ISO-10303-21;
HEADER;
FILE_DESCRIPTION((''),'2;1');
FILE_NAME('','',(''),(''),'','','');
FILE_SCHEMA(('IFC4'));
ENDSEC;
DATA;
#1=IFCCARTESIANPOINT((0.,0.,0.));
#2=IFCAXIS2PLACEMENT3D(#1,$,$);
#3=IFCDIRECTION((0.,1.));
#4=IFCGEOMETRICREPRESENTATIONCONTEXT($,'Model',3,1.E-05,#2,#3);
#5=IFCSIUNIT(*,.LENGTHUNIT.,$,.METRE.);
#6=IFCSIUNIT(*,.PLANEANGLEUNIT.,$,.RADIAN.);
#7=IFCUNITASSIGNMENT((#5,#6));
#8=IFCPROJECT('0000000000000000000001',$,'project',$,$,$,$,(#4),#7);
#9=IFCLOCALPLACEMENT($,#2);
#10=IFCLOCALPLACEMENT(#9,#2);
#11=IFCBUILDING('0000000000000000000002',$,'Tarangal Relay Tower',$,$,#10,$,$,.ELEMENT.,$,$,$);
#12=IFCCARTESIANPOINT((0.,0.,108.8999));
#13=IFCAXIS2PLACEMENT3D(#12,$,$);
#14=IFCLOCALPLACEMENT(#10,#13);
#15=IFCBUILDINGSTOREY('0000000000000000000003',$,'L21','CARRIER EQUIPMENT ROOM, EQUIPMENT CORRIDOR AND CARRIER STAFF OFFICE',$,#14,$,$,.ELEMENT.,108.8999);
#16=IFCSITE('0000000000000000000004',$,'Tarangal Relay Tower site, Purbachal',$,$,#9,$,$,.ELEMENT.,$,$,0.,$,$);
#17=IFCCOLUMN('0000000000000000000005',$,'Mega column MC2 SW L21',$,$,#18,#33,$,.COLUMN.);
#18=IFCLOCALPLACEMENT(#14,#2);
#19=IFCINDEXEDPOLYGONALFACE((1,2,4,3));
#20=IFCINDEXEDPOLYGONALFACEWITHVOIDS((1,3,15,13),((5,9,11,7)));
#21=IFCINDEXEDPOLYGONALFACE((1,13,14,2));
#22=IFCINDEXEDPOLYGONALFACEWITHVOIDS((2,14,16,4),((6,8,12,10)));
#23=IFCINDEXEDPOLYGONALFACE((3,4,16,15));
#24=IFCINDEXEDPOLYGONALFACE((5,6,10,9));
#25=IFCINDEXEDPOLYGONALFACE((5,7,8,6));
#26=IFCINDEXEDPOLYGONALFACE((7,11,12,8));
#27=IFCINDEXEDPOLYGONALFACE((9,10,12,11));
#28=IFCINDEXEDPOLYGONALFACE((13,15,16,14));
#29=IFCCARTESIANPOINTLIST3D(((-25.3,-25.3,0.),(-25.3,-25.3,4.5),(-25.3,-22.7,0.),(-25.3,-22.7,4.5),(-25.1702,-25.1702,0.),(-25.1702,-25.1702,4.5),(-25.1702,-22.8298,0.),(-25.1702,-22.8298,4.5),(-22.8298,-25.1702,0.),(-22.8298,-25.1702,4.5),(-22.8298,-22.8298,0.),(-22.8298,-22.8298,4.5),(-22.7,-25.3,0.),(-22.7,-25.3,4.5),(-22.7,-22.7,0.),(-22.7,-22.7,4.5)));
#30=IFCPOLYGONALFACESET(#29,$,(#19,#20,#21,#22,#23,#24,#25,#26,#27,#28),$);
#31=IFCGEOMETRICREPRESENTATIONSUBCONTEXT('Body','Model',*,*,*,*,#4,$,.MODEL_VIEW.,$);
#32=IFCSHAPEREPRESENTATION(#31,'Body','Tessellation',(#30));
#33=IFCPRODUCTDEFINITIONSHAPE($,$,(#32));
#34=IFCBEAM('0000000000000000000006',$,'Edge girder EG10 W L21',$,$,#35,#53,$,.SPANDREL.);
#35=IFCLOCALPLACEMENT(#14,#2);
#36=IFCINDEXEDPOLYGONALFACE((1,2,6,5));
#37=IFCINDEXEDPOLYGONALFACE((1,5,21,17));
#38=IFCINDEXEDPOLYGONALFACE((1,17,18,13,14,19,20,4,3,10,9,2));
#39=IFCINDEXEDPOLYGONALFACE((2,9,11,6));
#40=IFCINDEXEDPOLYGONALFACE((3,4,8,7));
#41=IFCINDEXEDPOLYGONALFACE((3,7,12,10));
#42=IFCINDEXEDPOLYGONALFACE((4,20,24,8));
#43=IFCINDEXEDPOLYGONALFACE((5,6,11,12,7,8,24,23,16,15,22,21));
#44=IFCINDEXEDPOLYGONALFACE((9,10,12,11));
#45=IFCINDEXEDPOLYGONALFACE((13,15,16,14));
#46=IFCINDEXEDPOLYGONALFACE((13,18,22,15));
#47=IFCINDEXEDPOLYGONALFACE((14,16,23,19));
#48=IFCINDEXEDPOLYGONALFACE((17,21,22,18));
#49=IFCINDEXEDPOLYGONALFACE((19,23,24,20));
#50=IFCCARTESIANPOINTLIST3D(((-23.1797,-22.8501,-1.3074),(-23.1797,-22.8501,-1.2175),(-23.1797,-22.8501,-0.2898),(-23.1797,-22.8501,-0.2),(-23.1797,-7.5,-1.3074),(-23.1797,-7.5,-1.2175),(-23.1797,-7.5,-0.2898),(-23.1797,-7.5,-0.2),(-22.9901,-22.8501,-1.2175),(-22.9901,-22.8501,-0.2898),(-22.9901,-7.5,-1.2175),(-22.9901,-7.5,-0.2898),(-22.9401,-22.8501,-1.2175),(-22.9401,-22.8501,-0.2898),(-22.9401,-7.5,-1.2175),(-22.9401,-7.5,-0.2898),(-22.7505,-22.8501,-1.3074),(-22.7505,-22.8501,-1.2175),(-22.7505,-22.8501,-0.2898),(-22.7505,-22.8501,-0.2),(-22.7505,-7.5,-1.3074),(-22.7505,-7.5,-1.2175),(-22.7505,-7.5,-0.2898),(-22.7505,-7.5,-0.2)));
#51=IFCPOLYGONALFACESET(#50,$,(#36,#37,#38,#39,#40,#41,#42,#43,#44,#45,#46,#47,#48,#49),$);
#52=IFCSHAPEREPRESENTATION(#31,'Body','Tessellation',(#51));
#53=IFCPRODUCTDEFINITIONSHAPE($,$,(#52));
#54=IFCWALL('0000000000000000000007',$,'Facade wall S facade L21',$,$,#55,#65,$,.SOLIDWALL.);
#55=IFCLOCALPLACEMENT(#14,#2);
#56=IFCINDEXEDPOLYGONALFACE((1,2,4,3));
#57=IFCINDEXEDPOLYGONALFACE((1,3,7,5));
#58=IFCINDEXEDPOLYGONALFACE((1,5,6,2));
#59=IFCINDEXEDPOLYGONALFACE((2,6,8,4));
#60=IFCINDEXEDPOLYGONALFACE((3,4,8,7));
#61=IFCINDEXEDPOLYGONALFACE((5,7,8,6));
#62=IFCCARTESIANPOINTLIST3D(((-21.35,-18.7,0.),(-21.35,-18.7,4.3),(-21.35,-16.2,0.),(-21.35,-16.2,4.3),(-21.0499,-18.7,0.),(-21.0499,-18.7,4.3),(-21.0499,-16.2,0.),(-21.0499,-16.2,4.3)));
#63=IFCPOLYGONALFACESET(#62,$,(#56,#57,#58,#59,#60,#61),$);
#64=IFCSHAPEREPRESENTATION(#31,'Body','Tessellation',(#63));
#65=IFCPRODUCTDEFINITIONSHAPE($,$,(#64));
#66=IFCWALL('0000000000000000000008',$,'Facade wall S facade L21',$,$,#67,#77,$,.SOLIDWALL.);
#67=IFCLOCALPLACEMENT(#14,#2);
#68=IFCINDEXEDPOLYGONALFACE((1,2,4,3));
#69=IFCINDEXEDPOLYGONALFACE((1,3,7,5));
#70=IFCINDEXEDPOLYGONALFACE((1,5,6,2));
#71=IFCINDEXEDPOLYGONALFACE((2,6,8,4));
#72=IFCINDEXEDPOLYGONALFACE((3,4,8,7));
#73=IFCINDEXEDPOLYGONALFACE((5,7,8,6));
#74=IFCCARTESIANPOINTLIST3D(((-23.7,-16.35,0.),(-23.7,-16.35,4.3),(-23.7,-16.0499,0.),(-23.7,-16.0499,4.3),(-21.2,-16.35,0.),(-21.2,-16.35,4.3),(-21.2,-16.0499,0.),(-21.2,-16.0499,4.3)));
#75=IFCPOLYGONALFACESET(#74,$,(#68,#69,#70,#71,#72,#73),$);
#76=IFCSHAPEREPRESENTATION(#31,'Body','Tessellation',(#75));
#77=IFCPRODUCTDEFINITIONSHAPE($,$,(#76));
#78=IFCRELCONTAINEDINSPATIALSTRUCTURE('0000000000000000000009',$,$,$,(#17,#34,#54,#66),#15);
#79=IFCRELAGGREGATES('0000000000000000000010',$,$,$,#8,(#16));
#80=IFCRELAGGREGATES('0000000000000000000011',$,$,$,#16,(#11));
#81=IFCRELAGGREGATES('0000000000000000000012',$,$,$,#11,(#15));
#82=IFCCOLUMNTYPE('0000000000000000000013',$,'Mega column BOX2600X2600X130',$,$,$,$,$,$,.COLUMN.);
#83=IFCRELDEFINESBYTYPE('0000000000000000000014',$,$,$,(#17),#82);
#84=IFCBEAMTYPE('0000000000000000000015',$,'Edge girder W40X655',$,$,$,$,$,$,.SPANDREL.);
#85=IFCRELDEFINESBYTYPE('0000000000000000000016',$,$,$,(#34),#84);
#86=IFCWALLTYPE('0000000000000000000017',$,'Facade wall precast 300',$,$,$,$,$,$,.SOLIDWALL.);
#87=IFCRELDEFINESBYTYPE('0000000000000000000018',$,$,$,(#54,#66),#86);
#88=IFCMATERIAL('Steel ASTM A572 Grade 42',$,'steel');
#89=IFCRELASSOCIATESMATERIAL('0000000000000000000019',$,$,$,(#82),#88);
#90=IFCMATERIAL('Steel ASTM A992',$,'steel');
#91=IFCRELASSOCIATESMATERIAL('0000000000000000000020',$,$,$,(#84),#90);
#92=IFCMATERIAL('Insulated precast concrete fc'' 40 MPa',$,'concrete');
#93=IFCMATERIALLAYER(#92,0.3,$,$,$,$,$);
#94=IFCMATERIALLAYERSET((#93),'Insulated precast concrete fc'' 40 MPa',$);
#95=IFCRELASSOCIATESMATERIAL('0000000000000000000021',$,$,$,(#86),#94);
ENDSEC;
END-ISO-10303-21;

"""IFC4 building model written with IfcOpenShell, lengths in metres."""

from ifc_helpers import new_model, si_unit, direction, frame, frame_2d, origin, origin_2d, place, context, subcontext, project, spatial, rectangle, hollow_rectangle, i_section, extrude, material, layer, layer_set, material_profile, profile_set, type_object, element, save


model = new_model("IFC4")

# Units and contexts
model_context = context("Model", 3, precision=1e-05, world=origin(), true_north=direction((0.0, 1.0)))
body_context = subcontext(model_context, "Body", "Model", "MODEL_VIEW")
ifc_project = project(units=[si_unit("LENGTHUNIT", "METRE"), si_unit("PLANEANGLEUNIT", "RADIAN")], contexts=[model_context])

# Site, building, storey
site_placement = place(None, origin())
site = spatial("IfcSite", under=ifc_project, at=site_placement, Name="Tarangal Relay Tower site, Purbachal", CompositionType="ELEMENT", RefElevation=0.0)
building_placement = place(site_placement, origin())
building = spatial("IfcBuilding", under=site, at=building_placement, Name="Tarangal Relay Tower", CompositionType="ELEMENT")
storey_placement = place(building_placement, frame((0.0, 0.0, 108.8999)))
storey = spatial("IfcBuildingStorey", under=building, at=storey_placement, Name="L21", Description="CARRIER EQUIPMENT ROOM, EQUIPMENT CORRIDOR AND CARRIER STAFF OFFICE", CompositionType="ELEMENT", Elevation=108.8999)

# Column
ifc_material_1 = material(Name="Steel ASTM A572 Grade 42", Category="steel")
ifc_material_profile_1 = material_profile(ifc_material_1, hollow_rectangle(XDim=2.6001, YDim=2.6001, WallThickness=0.1299, at=origin_2d()), Name="BOX2600X2600X130")
ifc_profile_set_1 = profile_set([ifc_material_profile_1], Name="Steel ASTM A572 Grade 42")
column_type = type_object("IfcColumnType", Name="Mega column BOX2600X2600X130", PredefinedType="COLUMN", material=ifc_profile_set_1)
column_placement = place(storey_placement, frame((-24.0, -24.0, 0.0), z_axis=(0.0, 0.0, 1.0), x_axis=(1.0, 0.0, 0.0)))
element("IfcColumn", 1, at=column_placement, inside=storey, type_object=column_type, Name="Mega column MC2 SW L21", PredefinedType="COLUMN", context=body_context, shape_type="SweptSolid", body=[
    extrude(hollow_rectangle(XDim=2.6001, YDim=2.6001, WallThickness=0.1299, at=origin_2d()), origin(), (0.0, 0.0, 1.0), 4.5),
])

# Beam
ifc_material_2 = material(Name="Steel ASTM A992", Category="steel")
ifc_material_profile_2 = material_profile(ifc_material_2, i_section(OverallWidth=0.4292, OverallDepth=1.1074, WebThickness=0.05, FlangeThickness=0.0898, at=origin_2d()), Name="W40X655")
ifc_profile_set_2 = profile_set([ifc_material_profile_2], Name="Steel ASTM A992")
beam_type = type_object("IfcBeamType", Name="Edge girder W40X655", PredefinedType="SPANDREL", material=ifc_profile_set_2)
beam_placement = place(storey_placement, frame((-22.9651, -22.8501, -0.7537), z_axis=(0.0, 1.0, 0.0), x_axis=(-1.0, 0.0, 0.0)))
element("IfcBeam", 2, at=beam_placement, inside=storey, type_object=beam_type, Name="Edge girder EG10 W L21", PredefinedType="SPANDREL", context=body_context, shape_type="SweptSolid", body=[
    extrude(i_section(OverallWidth=0.4292, OverallDepth=1.1074, WebThickness=0.05, FlangeThickness=0.0898, at=origin_2d()), origin(), (0.0, 0.0, 1.0), 15.3501),
])

# Walls
ifc_material_3 = material(Name="Insulated precast concrete fc' 40 MPa", Category="concrete")
ifc_layer = layer(ifc_material_3, 0.3)
ifc_layer_set = layer_set([ifc_layer], Name="Insulated precast concrete fc' 40 MPa")
wall_type = type_object("IfcWallType", Name="Facade wall precast 300", PredefinedType="SOLIDWALL", material=ifc_layer_set)
for number, where, z_axis, x_axis, name in (
    (3, (-21.2, -18.7, 0.0), (0.0, 0.0, 1.0), (0.0, 1.0, 0.0), "Facade wall S facade L21"),
    (4, (-21.2, -16.2, 0.0), (0.0, 0.0, 1.0), (-1.0, 0.0, 0.0), "Facade wall S facade L21"),
):
    element("IfcWall", number, at=place(storey_placement, frame(where, z_axis=z_axis, x_axis=x_axis)), inside=storey, type_object=wall_type, Name=name, PredefinedType="SOLIDWALL", context=body_context, shape_type="SweptSolid", body=[
        extrude(rectangle(XDim=2.5, YDim=0.3, at=frame_2d((1.25, 0.0))), origin(), (0.0, 0.0, 1.0), 4.3),
    ])

save(model, "model.ifc")
